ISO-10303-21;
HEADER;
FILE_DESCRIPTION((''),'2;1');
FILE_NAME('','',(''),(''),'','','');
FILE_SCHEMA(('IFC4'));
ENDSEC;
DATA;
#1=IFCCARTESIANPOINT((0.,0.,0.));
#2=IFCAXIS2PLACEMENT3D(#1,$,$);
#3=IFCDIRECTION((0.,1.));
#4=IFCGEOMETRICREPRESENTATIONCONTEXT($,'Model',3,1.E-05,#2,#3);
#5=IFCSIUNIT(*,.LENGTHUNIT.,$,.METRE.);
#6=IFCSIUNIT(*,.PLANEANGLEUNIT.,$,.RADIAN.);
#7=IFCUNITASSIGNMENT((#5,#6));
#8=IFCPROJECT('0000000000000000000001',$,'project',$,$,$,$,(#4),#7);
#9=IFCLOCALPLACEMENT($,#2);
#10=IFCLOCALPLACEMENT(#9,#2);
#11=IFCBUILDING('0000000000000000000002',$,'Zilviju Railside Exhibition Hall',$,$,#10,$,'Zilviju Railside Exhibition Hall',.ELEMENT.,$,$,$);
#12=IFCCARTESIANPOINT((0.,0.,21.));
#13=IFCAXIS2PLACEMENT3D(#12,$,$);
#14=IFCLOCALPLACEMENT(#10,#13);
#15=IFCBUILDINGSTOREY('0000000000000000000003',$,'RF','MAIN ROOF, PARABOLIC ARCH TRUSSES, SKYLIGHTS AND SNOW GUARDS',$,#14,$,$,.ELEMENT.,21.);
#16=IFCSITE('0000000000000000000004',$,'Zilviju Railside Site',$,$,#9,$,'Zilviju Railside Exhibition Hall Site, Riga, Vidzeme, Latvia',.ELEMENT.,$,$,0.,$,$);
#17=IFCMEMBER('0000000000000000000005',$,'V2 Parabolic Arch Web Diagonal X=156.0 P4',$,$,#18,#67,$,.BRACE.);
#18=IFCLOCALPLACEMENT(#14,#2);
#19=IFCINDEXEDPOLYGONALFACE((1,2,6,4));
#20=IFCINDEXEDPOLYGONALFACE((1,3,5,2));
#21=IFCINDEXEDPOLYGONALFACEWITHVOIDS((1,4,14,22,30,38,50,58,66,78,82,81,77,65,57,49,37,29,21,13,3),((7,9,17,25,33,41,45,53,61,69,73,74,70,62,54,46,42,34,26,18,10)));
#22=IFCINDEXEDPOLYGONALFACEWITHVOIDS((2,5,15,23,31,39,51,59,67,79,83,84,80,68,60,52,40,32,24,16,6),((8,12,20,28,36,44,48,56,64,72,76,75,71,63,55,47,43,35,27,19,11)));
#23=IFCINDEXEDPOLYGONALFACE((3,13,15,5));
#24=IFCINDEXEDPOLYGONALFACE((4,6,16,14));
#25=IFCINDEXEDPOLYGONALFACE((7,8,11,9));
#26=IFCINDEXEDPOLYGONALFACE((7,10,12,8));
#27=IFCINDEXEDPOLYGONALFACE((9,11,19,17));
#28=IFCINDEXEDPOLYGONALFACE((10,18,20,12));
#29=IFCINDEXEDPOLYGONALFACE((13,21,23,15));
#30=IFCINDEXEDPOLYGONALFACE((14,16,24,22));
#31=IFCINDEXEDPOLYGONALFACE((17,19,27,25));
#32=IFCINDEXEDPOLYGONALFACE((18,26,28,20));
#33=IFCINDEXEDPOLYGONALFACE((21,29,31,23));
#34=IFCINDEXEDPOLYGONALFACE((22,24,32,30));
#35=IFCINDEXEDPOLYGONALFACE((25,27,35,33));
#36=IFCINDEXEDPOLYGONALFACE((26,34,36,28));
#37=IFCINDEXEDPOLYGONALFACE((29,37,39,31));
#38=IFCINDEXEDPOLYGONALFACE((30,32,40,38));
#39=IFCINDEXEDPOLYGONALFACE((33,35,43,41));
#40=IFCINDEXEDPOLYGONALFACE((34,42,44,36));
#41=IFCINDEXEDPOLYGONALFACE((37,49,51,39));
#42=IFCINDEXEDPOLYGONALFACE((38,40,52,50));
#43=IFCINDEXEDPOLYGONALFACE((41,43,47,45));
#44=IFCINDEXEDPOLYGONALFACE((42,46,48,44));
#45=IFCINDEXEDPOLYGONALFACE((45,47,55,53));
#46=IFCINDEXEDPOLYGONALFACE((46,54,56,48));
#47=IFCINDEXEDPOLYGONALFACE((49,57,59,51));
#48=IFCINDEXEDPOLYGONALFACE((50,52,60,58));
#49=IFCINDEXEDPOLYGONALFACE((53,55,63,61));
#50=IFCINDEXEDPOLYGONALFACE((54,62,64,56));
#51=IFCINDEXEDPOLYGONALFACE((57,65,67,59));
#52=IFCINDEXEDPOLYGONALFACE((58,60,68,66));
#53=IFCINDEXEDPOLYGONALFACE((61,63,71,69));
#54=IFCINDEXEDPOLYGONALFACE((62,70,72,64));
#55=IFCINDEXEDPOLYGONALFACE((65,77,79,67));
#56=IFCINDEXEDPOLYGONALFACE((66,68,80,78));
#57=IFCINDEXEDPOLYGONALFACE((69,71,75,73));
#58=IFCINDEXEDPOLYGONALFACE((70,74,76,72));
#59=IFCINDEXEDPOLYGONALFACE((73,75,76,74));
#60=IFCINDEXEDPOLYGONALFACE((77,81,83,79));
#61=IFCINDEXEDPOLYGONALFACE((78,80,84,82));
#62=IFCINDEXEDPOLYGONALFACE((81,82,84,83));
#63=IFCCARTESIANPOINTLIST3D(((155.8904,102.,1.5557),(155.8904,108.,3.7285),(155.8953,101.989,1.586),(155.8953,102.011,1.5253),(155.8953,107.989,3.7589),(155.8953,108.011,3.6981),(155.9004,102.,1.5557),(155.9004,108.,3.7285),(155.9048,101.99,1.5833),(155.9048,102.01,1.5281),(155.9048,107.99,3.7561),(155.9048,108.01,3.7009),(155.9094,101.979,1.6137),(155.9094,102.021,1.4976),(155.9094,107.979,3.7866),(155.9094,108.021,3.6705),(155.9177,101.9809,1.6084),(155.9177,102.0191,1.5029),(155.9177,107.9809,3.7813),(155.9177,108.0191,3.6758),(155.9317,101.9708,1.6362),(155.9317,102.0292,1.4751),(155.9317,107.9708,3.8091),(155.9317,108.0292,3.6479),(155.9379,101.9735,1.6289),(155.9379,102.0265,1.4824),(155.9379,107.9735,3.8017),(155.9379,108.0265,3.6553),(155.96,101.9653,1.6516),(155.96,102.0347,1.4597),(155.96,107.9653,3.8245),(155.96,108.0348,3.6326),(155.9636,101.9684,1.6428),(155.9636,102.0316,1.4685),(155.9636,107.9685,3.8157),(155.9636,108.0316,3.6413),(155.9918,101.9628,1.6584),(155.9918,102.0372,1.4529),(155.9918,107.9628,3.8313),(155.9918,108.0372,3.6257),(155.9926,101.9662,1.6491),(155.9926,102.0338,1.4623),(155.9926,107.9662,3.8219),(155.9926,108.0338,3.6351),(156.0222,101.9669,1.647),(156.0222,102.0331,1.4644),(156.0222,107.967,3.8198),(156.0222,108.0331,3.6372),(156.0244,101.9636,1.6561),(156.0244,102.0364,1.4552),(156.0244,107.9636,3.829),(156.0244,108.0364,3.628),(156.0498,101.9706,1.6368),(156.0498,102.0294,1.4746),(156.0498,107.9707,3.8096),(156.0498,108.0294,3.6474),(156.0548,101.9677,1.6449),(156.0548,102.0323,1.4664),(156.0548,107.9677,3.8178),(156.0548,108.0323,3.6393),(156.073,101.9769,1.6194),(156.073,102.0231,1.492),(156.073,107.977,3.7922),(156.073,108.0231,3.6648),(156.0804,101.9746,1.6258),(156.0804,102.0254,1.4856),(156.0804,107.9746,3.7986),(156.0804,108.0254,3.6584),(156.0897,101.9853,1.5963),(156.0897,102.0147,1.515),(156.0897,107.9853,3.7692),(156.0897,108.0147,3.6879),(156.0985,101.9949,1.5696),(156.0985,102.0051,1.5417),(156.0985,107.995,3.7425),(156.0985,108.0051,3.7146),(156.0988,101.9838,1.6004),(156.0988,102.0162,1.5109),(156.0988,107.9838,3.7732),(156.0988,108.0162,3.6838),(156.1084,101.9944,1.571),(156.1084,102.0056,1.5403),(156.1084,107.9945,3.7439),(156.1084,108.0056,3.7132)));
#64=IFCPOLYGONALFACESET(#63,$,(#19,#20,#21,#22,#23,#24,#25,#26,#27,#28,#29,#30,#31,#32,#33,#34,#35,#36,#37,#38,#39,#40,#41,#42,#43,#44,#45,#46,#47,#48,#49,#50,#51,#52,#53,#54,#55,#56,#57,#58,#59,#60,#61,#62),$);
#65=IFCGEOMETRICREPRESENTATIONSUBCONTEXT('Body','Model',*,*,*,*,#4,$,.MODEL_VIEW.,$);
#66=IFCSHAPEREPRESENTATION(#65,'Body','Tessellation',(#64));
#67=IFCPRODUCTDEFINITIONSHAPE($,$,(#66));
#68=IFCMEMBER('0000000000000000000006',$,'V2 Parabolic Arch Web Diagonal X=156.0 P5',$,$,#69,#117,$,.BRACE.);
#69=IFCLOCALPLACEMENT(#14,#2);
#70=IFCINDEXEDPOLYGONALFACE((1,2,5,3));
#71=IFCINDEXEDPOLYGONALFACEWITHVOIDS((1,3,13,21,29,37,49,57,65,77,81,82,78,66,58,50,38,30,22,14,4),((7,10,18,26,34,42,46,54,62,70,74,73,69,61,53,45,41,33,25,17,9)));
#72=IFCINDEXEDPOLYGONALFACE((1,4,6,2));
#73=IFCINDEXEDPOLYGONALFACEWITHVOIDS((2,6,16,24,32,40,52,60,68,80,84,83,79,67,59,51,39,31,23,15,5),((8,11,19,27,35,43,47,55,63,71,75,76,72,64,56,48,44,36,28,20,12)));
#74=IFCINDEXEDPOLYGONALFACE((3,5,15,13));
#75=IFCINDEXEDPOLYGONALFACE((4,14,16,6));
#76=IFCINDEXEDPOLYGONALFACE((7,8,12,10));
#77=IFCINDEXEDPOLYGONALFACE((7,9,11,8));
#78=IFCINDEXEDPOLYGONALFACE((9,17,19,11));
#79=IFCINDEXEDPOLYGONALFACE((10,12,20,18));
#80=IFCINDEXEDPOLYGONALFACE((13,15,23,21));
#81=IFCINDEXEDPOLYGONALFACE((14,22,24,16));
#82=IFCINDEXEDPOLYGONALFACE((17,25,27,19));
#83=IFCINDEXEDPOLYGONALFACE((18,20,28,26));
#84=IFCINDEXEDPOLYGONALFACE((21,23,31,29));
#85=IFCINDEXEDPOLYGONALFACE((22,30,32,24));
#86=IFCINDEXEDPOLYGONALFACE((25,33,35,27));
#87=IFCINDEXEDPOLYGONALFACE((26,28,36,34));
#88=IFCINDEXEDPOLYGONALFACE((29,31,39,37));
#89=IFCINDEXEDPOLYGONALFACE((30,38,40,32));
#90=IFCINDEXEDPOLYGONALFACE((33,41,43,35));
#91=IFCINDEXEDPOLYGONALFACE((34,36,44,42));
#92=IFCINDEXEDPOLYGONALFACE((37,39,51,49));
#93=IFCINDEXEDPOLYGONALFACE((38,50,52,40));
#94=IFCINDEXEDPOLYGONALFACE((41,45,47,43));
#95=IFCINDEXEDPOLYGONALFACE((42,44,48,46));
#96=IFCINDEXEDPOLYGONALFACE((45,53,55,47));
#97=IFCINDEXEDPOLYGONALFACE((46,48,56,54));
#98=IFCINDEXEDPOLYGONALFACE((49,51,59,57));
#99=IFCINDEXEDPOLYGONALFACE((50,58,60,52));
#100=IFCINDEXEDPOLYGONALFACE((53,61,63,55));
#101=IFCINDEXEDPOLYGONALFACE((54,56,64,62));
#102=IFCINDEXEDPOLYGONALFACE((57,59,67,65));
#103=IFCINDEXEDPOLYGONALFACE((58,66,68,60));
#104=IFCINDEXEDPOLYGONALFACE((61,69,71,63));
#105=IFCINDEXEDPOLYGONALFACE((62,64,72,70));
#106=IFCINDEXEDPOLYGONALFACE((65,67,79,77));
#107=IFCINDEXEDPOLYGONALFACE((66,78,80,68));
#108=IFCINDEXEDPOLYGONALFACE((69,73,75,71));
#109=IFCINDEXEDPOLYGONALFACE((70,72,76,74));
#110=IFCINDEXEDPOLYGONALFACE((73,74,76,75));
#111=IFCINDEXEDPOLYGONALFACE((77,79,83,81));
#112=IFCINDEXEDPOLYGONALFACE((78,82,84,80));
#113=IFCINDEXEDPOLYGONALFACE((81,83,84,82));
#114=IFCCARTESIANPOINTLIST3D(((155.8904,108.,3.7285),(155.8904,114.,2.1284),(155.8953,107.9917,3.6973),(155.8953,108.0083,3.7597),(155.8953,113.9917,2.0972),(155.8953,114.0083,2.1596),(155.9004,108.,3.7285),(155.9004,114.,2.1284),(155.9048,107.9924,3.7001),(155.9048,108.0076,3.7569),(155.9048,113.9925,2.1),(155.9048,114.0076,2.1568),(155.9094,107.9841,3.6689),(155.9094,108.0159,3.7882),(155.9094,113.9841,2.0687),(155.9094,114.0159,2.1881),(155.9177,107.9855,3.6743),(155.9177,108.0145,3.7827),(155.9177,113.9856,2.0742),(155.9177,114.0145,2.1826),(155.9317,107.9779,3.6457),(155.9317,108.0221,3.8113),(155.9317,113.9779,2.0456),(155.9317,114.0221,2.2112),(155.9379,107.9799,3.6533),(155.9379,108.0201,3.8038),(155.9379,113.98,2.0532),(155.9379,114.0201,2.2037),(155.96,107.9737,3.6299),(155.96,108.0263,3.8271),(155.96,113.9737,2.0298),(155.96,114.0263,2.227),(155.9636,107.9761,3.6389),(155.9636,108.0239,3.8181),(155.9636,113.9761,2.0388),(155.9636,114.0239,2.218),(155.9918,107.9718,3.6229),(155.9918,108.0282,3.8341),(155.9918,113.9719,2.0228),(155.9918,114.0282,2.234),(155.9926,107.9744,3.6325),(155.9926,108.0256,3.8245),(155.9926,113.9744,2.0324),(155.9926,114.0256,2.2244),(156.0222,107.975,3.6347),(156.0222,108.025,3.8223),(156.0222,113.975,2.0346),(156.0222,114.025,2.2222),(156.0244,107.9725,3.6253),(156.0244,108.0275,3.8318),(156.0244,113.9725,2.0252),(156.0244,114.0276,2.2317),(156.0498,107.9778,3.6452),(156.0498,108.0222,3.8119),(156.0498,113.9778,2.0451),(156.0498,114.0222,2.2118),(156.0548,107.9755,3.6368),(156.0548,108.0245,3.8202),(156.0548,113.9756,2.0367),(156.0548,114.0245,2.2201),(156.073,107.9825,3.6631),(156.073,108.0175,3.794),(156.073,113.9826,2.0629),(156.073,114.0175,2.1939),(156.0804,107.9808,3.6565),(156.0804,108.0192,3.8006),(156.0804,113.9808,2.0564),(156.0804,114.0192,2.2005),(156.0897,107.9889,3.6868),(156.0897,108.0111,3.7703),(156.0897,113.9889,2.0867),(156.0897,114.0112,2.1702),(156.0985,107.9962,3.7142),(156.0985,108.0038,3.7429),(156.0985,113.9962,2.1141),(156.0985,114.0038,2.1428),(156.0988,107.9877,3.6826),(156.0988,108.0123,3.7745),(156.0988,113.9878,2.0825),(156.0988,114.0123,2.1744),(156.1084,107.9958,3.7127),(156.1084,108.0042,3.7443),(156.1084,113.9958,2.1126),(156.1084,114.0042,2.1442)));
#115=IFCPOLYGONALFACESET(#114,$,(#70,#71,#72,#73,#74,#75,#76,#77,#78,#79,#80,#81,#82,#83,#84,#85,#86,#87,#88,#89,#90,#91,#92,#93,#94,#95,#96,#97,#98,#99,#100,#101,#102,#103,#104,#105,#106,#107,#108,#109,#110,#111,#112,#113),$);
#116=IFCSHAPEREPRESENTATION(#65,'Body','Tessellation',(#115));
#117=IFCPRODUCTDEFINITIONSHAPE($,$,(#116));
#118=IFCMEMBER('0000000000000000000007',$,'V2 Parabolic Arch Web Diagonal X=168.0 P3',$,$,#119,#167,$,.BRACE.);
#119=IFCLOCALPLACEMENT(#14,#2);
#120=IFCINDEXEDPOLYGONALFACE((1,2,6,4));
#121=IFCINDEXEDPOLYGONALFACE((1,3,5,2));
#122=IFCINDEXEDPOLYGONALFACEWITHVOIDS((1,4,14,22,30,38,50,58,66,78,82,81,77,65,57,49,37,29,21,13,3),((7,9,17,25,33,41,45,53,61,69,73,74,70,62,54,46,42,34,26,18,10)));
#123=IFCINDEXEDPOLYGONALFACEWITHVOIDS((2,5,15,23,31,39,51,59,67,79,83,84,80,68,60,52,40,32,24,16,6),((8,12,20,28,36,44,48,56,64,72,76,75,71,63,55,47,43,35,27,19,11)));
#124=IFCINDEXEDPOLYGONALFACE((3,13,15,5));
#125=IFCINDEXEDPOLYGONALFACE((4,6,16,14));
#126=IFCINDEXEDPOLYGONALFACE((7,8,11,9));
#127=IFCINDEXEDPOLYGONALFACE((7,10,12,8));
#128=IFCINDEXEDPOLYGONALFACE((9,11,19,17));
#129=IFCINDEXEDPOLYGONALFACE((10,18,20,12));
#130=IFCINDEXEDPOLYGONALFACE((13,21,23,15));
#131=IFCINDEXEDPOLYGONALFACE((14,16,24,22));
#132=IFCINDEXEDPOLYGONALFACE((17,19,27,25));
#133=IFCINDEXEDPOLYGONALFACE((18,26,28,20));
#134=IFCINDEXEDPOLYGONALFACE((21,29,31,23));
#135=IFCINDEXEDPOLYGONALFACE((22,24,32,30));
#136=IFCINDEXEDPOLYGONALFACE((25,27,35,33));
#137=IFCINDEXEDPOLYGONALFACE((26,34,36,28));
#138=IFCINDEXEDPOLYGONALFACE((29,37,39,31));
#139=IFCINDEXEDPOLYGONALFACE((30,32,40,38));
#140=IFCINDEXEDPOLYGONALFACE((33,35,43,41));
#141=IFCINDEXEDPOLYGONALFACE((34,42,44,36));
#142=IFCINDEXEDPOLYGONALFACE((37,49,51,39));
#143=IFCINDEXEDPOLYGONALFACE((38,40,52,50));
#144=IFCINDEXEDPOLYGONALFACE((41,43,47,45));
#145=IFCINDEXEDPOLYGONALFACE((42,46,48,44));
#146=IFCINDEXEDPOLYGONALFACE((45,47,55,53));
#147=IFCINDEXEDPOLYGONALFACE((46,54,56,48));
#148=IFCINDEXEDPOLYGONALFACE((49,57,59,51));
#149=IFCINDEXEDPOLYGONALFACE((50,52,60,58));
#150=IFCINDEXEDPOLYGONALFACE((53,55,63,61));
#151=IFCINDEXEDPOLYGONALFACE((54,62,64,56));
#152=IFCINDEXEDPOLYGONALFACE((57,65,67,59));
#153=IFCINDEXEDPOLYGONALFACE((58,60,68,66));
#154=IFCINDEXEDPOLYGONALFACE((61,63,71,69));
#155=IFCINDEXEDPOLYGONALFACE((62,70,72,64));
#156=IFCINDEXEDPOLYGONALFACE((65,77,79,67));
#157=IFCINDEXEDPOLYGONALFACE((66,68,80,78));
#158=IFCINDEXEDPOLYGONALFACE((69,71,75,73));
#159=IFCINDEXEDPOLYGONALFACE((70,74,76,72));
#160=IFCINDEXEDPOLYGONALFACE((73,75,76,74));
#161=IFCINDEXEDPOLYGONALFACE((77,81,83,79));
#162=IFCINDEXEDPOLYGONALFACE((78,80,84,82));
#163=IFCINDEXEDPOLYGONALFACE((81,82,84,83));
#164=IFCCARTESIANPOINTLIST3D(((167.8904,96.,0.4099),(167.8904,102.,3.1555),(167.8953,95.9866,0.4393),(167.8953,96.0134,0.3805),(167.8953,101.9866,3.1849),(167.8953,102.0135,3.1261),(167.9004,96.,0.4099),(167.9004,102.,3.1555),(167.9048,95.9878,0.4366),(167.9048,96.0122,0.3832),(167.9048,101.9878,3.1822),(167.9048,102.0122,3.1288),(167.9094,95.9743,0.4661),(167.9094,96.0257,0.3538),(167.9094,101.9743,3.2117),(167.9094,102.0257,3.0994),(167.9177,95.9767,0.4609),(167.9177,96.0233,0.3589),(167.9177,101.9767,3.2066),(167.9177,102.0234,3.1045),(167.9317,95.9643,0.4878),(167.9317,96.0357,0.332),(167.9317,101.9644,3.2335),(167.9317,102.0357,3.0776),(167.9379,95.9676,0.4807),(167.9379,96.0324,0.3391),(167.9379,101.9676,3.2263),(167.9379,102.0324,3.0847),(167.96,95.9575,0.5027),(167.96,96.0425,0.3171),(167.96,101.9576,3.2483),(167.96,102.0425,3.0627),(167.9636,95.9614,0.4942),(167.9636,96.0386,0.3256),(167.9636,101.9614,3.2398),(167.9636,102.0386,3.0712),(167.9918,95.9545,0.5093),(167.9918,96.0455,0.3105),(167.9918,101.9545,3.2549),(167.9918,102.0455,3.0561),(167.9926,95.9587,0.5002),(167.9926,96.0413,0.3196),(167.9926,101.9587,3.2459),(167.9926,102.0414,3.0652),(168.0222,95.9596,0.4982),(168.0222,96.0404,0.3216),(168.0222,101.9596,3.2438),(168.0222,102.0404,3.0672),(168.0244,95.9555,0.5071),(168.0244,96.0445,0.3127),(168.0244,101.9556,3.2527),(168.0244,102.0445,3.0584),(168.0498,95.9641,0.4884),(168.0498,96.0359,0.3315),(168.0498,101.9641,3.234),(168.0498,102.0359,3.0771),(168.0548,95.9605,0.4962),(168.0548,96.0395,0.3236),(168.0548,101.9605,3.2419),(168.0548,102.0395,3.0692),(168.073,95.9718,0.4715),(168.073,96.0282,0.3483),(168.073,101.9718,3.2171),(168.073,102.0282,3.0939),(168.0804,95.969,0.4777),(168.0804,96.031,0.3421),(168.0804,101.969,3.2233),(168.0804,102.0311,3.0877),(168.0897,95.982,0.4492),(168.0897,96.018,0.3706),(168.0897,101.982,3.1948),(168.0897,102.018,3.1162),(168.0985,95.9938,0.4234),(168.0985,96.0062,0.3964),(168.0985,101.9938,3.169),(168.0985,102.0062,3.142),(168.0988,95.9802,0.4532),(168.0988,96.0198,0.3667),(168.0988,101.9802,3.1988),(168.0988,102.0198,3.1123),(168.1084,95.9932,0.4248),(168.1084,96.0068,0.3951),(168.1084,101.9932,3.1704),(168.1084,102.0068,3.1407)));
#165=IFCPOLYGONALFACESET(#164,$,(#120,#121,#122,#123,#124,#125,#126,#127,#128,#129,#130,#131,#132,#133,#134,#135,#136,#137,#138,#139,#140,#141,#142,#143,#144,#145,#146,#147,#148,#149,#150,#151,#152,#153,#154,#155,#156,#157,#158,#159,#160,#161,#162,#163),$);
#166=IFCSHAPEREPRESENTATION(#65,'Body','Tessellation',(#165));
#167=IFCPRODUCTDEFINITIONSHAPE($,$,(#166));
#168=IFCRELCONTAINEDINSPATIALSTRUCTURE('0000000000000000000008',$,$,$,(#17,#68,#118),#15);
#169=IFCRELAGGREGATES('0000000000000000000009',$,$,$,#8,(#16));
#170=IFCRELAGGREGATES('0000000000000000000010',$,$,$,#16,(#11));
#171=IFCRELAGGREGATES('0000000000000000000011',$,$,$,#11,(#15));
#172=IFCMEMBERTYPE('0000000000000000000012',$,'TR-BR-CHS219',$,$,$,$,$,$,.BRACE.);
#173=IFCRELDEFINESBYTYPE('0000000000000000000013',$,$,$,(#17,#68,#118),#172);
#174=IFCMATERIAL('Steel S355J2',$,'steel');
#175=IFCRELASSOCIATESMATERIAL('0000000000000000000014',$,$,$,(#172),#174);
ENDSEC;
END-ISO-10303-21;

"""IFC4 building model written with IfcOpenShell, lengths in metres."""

from ifc_helpers import new_model, si_unit, direction, frame, origin, origin_2d, place, context, subcontext, project, spatial, hollow_circle, extrude, material, material_profile, profile_set, type_object, element, save


model = new_model("IFC4")

# Units and contexts
model_context = context("Model", 3, precision=1e-05, world=origin(), true_north=direction((0.0, 1.0)))
body_context = subcontext(model_context, "Body", "Model", "MODEL_VIEW")
ifc_project = project(units=[si_unit("LENGTHUNIT", "METRE"), si_unit("PLANEANGLEUNIT", "RADIAN")], contexts=[model_context])

# Site, building, storey
site_placement = place(None, origin())
site = spatial("IfcSite", under=ifc_project, at=site_placement, Name="Zilviju Railside Site", LongName="Zilviju Railside Exhibition Hall Site, Riga, Vidzeme, Latvia", CompositionType="ELEMENT", RefElevation=0.0)
building_placement = place(site_placement, origin())
building = spatial("IfcBuilding", under=site, at=building_placement, Name="Zilviju Railside Exhibition Hall", LongName="Zilviju Railside Exhibition Hall", CompositionType="ELEMENT")
storey_placement = place(building_placement, frame((0.0, 0.0, 21.0)))
storey = spatial("IfcBuildingStorey", under=building, at=storey_placement, Name="RF", Description="MAIN ROOF, PARABOLIC ARCH TRUSSES, SKYLIGHTS AND SNOW GUARDS", CompositionType="ELEMENT", Elevation=21.0)

# Members
ifc_material_1 = material(Name="Steel S355J2", Category="steel")
ifc_material_profile_1 = material_profile(ifc_material_1, hollow_circle(Radius=0.1096, WallThickness=0.01, at=origin_2d()), Name="CHS 219.1x10.0")
ifc_profile_set_1 = profile_set([ifc_material_profile_1], Name="Steel S355J2")
member_type_1 = type_object("IfcMemberType", Name="TR-BR-CHS219", PredefinedType="BRACE", material=ifc_profile_set_1)
member_1_placement = place(storey_placement, frame((156.0, 102.0, 1.5557), z_axis=(0.0, 0.940244, 0.340502), x_axis=(-1.0, 0.0, 0.0)))
element("IfcMember", 1, at=member_1_placement, inside=storey, type_object=member_type_1, Name="V2 Parabolic Arch Web Diagonal X=156.0 P4", PredefinedType="BRACE", context=body_context, shape_type="SweptSolid", body=[
    extrude(hollow_circle(Radius=0.1096, WallThickness=0.01, at=origin_2d()), origin(), (0.0, 0.0, 1.0), 6.3813),
])
member_2_placement = place(storey_placement, frame((156.0, 108.0, 3.7285), z_axis=(0.0, 0.966231, -0.257677), x_axis=(-1.0, 0.0, 0.0)))
element("IfcMember", 2, at=member_2_placement, inside=storey, type_object=member_type_1, Name="V2 Parabolic Arch Web Diagonal X=156.0 P5", PredefinedType="BRACE", context=body_context, shape_type="SweptSolid", body=[
    extrude(hollow_circle(Radius=0.1096, WallThickness=0.01, at=origin_2d()), origin(), (0.0, 0.0, 1.0), 6.2097),
])
member_3_placement = place(storey_placement, frame((168.0, 96.0, 0.4099), z_axis=(0.0, 0.909317, 0.416104), x_axis=(-1.0, 0.0, 0.0)))
element("IfcMember", 3, at=member_3_placement, inside=storey, type_object=member_type_1, Name="V2 Parabolic Arch Web Diagonal X=168.0 P3", PredefinedType="BRACE", context=body_context, shape_type="SweptSolid", body=[
    extrude(hollow_circle(Radius=0.1096, WallThickness=0.01, at=origin_2d()), origin(), (0.0, 0.0, 1.0), 6.5984),
])

save(model, "model.ifc")
